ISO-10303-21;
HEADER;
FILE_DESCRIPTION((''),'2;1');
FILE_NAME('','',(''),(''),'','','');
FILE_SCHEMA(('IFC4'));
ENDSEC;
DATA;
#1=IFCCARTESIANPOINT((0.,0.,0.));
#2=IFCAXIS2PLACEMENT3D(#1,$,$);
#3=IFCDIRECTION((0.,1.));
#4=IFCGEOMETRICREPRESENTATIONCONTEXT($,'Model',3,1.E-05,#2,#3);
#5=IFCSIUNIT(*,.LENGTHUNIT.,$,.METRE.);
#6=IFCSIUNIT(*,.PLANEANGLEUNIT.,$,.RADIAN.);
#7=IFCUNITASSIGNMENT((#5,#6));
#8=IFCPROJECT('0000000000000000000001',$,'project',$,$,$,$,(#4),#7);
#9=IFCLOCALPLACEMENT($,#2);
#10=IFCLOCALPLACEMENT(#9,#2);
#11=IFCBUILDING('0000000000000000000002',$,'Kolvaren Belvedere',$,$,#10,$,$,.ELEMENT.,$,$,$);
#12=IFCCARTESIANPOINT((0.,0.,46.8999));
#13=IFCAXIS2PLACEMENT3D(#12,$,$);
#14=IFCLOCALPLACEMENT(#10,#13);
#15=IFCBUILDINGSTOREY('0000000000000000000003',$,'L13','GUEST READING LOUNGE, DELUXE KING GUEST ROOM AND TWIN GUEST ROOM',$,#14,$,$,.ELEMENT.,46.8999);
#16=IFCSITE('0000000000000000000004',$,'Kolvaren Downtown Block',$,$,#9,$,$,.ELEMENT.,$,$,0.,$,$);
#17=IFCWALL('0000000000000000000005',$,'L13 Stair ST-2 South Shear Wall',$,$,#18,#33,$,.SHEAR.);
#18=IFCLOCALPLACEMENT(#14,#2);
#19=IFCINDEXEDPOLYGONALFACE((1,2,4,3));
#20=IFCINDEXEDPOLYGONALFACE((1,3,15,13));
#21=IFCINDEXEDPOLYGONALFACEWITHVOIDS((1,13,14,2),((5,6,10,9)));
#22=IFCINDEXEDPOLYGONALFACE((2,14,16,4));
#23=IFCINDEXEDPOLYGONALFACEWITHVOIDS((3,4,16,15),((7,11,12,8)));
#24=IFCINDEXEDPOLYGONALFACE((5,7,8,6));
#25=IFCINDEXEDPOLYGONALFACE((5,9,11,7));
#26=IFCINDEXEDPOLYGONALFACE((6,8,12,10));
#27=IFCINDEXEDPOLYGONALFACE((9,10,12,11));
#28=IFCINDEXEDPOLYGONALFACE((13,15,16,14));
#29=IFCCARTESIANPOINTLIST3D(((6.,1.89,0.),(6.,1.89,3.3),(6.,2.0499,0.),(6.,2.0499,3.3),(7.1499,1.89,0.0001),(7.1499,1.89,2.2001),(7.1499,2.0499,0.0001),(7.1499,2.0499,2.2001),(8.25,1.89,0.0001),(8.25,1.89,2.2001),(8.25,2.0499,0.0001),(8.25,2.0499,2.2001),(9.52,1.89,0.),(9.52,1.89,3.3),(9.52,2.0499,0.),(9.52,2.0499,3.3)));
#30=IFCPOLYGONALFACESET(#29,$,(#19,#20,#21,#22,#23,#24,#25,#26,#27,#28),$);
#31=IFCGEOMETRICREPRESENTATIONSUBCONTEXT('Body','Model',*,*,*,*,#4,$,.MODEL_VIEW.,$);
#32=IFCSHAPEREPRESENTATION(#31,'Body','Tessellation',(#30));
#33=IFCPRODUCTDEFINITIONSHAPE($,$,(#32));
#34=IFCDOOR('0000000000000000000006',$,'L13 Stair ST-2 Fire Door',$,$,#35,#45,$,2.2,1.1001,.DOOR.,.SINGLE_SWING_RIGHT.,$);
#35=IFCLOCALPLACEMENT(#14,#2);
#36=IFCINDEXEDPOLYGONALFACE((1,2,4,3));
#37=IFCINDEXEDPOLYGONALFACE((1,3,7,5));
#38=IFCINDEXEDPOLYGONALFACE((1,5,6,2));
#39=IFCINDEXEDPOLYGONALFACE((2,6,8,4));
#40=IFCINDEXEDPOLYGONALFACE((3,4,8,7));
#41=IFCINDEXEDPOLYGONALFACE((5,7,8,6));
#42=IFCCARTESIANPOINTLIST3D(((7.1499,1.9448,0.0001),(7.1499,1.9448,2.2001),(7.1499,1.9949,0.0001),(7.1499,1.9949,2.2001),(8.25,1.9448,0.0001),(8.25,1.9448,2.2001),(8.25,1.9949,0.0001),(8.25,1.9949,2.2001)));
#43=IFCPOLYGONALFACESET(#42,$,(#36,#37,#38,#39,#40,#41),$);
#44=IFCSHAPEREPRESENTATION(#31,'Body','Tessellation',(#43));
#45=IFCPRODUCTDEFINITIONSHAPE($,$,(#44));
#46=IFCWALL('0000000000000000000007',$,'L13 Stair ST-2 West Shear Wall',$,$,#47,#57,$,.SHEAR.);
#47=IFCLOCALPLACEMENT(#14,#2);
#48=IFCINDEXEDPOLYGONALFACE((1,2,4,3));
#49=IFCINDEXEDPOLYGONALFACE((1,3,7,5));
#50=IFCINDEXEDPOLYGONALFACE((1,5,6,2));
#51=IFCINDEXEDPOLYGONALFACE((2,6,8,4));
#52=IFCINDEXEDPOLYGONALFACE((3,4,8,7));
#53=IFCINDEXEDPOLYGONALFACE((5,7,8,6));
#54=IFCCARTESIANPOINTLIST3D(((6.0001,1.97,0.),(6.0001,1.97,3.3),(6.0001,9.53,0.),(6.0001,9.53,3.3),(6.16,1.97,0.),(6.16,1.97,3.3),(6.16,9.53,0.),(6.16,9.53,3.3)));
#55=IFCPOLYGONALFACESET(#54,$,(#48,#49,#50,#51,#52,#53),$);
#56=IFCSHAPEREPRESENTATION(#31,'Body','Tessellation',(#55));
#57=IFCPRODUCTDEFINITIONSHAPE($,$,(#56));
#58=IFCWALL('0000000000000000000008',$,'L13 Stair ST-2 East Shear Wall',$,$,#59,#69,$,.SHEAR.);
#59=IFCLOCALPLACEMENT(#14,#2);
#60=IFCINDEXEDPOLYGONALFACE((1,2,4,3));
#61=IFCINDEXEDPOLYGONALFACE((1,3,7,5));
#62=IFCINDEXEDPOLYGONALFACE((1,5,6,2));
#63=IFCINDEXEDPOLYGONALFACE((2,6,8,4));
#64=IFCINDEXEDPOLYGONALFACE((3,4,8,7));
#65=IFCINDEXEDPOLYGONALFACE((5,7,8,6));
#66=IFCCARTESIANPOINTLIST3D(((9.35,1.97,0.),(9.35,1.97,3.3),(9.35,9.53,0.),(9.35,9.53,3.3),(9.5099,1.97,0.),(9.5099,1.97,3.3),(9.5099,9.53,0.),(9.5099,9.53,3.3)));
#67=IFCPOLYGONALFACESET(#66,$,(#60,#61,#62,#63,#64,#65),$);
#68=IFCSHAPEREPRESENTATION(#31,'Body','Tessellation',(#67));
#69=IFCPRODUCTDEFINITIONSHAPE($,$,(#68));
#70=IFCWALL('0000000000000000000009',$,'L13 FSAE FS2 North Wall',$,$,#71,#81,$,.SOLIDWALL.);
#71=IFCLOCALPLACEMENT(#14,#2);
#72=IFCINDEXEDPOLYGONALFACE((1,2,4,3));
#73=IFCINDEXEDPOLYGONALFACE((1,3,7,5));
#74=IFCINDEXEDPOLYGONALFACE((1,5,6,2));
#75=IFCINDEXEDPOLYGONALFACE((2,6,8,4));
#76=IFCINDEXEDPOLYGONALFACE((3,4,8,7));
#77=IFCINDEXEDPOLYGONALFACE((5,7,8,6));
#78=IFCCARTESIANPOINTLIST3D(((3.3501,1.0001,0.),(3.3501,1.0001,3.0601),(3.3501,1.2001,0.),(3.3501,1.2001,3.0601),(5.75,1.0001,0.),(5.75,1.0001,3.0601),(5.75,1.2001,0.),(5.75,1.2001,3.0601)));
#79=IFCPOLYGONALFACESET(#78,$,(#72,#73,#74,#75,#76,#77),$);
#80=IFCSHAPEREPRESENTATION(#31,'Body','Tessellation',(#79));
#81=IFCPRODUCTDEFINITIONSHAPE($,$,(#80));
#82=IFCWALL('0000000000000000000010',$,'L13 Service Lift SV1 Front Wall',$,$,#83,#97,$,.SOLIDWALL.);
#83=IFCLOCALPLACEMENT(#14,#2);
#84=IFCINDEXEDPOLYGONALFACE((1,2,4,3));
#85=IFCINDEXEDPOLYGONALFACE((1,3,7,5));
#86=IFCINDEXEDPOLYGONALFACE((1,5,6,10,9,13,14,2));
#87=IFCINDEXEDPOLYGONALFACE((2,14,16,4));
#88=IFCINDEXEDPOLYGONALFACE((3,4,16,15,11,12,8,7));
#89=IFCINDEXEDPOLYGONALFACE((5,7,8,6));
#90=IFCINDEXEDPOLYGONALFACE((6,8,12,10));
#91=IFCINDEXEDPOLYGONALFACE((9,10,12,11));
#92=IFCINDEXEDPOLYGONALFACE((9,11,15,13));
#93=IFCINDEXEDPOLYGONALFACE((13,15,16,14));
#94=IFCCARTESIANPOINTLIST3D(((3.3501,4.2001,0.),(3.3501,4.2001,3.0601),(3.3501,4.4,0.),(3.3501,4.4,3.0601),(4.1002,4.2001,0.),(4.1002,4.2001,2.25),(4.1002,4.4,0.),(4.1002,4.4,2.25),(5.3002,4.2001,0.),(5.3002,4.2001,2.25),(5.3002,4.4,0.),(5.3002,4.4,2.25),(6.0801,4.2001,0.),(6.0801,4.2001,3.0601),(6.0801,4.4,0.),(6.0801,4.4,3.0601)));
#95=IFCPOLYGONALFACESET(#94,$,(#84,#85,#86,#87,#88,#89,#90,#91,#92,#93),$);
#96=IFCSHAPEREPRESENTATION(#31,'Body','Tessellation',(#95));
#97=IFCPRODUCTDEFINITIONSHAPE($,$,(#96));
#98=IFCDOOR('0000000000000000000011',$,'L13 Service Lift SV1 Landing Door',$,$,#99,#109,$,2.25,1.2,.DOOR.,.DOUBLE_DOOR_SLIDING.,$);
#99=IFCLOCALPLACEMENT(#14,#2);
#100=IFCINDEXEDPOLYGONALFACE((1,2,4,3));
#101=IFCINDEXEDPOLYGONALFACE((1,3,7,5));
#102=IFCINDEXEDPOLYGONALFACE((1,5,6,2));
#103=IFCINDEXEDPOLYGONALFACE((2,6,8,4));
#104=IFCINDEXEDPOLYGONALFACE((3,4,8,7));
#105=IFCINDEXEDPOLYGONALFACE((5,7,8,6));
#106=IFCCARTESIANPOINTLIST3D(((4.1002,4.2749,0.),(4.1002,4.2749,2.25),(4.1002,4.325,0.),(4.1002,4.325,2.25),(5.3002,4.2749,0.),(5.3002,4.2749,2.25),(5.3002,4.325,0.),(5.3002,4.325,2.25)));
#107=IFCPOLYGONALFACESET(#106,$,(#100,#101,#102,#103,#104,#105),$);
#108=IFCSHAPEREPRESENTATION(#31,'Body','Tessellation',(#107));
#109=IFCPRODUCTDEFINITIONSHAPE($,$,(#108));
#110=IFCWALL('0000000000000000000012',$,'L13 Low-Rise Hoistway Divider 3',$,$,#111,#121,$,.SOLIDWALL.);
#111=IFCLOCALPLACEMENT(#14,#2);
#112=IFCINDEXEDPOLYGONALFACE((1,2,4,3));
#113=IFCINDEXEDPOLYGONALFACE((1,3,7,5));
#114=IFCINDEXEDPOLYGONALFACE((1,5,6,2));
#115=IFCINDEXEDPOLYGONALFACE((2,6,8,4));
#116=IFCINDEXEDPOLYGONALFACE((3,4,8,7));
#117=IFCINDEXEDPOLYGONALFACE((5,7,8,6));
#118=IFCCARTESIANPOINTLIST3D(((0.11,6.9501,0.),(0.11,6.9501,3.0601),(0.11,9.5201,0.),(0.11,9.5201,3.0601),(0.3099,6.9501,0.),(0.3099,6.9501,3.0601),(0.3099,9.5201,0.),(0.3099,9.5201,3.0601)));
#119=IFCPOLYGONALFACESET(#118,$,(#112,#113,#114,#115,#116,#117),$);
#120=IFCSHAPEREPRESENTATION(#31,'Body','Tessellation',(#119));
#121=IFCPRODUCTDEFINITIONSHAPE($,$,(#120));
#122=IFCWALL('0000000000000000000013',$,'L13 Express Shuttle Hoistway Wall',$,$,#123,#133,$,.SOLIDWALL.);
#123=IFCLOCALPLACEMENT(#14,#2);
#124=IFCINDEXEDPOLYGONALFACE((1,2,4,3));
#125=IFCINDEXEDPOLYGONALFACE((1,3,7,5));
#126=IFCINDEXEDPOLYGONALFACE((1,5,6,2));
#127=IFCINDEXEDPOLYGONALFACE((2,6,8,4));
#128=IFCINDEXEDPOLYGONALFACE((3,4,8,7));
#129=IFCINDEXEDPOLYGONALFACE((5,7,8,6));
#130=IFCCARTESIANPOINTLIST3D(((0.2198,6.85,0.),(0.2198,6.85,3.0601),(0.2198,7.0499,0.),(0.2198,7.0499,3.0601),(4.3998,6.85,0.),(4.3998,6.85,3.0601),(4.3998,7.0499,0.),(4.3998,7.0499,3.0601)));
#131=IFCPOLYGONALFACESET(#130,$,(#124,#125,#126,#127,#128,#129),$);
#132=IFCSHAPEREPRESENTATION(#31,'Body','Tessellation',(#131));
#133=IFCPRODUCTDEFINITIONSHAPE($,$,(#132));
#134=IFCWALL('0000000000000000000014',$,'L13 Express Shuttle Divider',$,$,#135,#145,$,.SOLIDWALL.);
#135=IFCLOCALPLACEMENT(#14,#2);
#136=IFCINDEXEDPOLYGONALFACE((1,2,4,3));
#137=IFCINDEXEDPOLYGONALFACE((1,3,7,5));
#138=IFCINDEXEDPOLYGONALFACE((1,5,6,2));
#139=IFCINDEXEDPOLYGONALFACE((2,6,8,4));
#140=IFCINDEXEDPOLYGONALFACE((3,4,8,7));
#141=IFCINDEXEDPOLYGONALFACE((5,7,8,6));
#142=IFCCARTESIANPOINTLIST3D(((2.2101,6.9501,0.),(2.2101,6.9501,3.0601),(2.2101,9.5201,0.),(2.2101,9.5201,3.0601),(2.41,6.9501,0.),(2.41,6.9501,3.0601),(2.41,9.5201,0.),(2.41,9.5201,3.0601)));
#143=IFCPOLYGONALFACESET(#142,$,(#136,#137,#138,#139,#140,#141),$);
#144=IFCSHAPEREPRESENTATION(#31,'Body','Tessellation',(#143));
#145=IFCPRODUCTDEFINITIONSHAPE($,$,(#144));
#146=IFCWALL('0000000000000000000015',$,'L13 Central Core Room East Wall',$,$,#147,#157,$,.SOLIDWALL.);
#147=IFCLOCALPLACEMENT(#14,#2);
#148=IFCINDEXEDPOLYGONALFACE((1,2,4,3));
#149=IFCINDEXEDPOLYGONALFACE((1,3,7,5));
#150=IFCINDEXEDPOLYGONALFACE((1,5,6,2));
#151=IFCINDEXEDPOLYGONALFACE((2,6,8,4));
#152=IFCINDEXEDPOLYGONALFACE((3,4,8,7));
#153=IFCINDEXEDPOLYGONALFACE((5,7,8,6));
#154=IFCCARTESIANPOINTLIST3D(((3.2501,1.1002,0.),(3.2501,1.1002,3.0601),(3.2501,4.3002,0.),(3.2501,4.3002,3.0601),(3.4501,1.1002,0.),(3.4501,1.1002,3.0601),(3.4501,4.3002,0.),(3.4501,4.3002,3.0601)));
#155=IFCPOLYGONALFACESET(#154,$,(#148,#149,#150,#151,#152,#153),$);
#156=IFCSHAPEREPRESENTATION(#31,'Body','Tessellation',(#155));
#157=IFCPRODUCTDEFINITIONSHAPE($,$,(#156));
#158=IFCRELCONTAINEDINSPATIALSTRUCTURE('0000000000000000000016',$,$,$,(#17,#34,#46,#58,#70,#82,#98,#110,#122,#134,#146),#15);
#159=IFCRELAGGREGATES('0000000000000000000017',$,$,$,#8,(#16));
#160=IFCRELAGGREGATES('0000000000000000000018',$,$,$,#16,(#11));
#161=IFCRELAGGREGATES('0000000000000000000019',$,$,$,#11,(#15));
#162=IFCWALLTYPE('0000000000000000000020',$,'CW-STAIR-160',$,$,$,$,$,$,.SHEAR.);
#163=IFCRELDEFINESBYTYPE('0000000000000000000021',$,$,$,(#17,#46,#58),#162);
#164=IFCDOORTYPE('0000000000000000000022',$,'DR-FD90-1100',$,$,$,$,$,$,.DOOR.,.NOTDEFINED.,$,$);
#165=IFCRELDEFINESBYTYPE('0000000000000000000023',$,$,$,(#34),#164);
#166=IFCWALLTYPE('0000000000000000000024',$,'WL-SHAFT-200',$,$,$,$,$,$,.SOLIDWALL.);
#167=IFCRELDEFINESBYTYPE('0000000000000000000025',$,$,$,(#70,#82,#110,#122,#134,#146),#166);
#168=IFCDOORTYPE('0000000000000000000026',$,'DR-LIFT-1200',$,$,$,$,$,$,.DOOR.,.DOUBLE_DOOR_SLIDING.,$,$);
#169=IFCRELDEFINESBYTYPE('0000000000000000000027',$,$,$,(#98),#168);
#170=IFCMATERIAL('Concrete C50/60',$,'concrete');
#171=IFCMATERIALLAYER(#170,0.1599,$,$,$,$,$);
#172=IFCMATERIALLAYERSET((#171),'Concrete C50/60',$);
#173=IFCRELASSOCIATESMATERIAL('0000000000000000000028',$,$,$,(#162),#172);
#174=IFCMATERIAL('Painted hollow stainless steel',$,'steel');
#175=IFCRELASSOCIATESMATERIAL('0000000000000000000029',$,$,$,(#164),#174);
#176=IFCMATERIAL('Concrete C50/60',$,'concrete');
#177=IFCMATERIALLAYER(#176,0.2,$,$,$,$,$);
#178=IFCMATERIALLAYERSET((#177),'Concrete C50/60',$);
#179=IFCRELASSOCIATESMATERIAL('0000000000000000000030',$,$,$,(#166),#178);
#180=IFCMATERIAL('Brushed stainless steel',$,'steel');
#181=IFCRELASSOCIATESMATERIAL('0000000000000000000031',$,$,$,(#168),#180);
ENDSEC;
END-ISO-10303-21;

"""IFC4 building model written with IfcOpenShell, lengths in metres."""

from ifc_helpers import new_model, si_unit, direction, frame, frame_2d, origin, place, context, subcontext, project, spatial, rectangle, extrude, material, layer, layer_set, type_object, element, fill, save


model = new_model("IFC4")

# Units and contexts
model_context = context("Model", 3, precision=1e-05, world=origin(), true_north=direction((0.0, 1.0)))
body_context = subcontext(model_context, "Body", "Model", "MODEL_VIEW")
ifc_project = project(units=[si_unit("LENGTHUNIT", "METRE"), si_unit("PLANEANGLEUNIT", "RADIAN")], contexts=[model_context])

# Site, building, storey
site_placement = place(None, origin())
site = spatial("IfcSite", under=ifc_project, at=site_placement, Name="Kolvaren Downtown Block", CompositionType="ELEMENT", RefElevation=0.0)
building_placement = place(site_placement, origin())
building = spatial("IfcBuilding", under=site, at=building_placement, Name="Kolvaren Belvedere", CompositionType="ELEMENT")
storey_placement = place(building_placement, frame((0.0, 0.0, 46.8999)))
storey = spatial("IfcBuildingStorey", under=building, at=storey_placement, Name="L13", Description="GUEST READING LOUNGE, DELUXE KING GUEST ROOM AND TWIN GUEST ROOM", CompositionType="ELEMENT", Elevation=46.8999)

# Wall, opening, door
ifc_material_1 = material(Name="Concrete C50/60", Category="concrete")
ifc_layer_1 = layer(ifc_material_1, 0.1599)
ifc_layer_set_1 = layer_set([ifc_layer_1], Name="Concrete C50/60")
wall_type_1 = type_object("IfcWallType", Name="CW-STAIR-160", PredefinedType="SHEAR", material=ifc_layer_set_1)
wall_1_placement = place(storey_placement, frame((6.0, 1.97, 0.0), z_axis=(0.0, 0.0, 1.0), x_axis=(1.0, 0.0, 0.0)))
wall_1 = element("IfcWall", 1, at=wall_1_placement, inside=storey, type_object=wall_type_1, Name="L13 Stair ST-2 South Shear Wall", PredefinedType="SHEAR", context=body_context, shape_type="SweptSolid", body=[
    extrude(rectangle(XDim=3.52, YDim=0.1599, at=frame_2d((1.76, 0.0))), origin(), (0.0, 0.0, 1.0), 3.3),
])
opening_1_placement = place(wall_1_placement, frame((1.1499, 0.0, 0.0)))
opening_1 = element("IfcOpeningElement", 2, at=opening_1_placement, cuts=wall_1, PredefinedType="OPENING", context=body_context, shape_type="SweptSolid", body=[
    extrude(rectangle(XDim=1.1001, YDim=2.2, at=frame_2d((0.55, 1.1001))), frame((0.0, 0.0898, 0.0), z_axis=(0.0, -1.0, 0.0), x_axis=(1.0, 0.0, 0.0)), (0.0, 0.0, 1.0), 0.1799),
])
ifc_material_2 = material(Name="Painted hollow stainless steel", Category="steel")
door_type_1 = type_object("IfcDoorType", Name="DR-FD90-1100", OperationType="NOTDEFINED", PredefinedType="DOOR", material=ifc_material_2)
door_1_placement = place(opening_1_placement, origin())
door_1 = element("IfcDoor", 3, at=door_1_placement, inside=storey, type_object=door_type_1, Name="L13 Stair ST-2 Fire Door", OperationType="SINGLE_SWING_RIGHT", OverallHeight=2.2, OverallWidth=1.1001, PredefinedType="DOOR", context=body_context, shape_type="SweptSolid", body=[
    extrude(rectangle(XDim=1.1001, YDim=2.2, at=frame_2d((0.55, 1.1001))), frame((0.0, 0.0249, 0.0), z_axis=(0.0, -1.0, 0.0), x_axis=(1.0, 0.0, 0.0)), (0.0, 0.0, 1.0), 0.05),
])
fill(opening_1, door_1)

# Walls
for number, where, z_axis, x_axis, name in (
    (4, (6.0801, 1.97, 0.0), (0.0, 0.0, 1.0), (0.0, 1.0, 0.0), "L13 Stair ST-2 West Shear Wall"),
    (5, (9.4299, 1.97, 0.0), (0.0, 0.0, 1.0), (0.0, 1.0, 0.0), "L13 Stair ST-2 East Shear Wall"),
):
    element("IfcWall", number, at=place(storey_placement, frame(where, z_axis=z_axis, x_axis=x_axis)), inside=storey, type_object=wall_type_1, Name=name, PredefinedType="SHEAR", context=body_context, shape_type="SweptSolid", body=[
        extrude(rectangle(XDim=7.5601, YDim=0.1599, at=frame_2d((3.78, 0.0))), origin(), (0.0, 0.0, 1.0), 3.3),
    ])
ifc_material_3 = material(Name="Concrete C50/60", Category="concrete")
ifc_layer_2 = layer(ifc_material_3, 0.2)
ifc_layer_set_2 = layer_set([ifc_layer_2], Name="Concrete C50/60")
wall_type_2 = type_object("IfcWallType", Name="WL-SHAFT-200", PredefinedType="SOLIDWALL", material=ifc_layer_set_2)
wall_2_placement = place(storey_placement, frame((3.3501, 1.1001, 0.0), z_axis=(0.0, 0.0, 1.0), x_axis=(1.0, 0.0, 0.0)))
element("IfcWall", 6, at=wall_2_placement, inside=storey, type_object=wall_type_2, Name="L13 FSAE FS2 North Wall", PredefinedType="SOLIDWALL", context=body_context, shape_type="SweptSolid", body=[
    extrude(rectangle(XDim=2.3999, YDim=0.2, at=frame_2d((1.2, 0.0))), origin(), (0.0, 0.0, 1.0), 3.0601),
])

# Wall, opening, door
wall_3_placement = place(storey_placement, frame((3.3501, 4.3, 0.0), z_axis=(0.0, 0.0, 1.0), x_axis=(1.0, 0.0, 0.0)))
wall_3 = element("IfcWall", 7, at=wall_3_placement, inside=storey, type_object=wall_type_2, Name="L13 Service Lift SV1 Front Wall", PredefinedType="SOLIDWALL", context=body_context, shape_type="SweptSolid", body=[
    extrude(rectangle(XDim=2.73, YDim=0.2, at=frame_2d((1.365, 0.0))), origin(), (0.0, 0.0, 1.0), 3.0601),
])
opening_2_placement = place(wall_3_placement, frame((0.75, 0.0, 0.0)))
opening_2 = element("IfcOpeningElement", 8, at=opening_2_placement, cuts=wall_3, PredefinedType="OPENING", context=body_context, shape_type="SweptSolid", body=[
    extrude(rectangle(XDim=1.2, YDim=2.25, at=frame_2d((0.6001, 1.125))), frame((0.0, 0.1099, 0.0), z_axis=(0.0, -1.0, 0.0), x_axis=(1.0, 0.0, 0.0)), (0.0, 0.0, 1.0), 0.22),
])
ifc_material_4 = material(Name="Brushed stainless steel", Category="steel")
door_type_2 = type_object("IfcDoorType", Name="DR-LIFT-1200", OperationType="DOUBLE_DOOR_SLIDING", PredefinedType="DOOR", material=ifc_material_4)
door_2_placement = place(opening_2_placement, origin())
door_2 = element("IfcDoor", 9, at=door_2_placement, inside=storey, type_object=door_type_2, Name="L13 Service Lift SV1 Landing Door", OperationType="DOUBLE_DOOR_SLIDING", OverallHeight=2.25, OverallWidth=1.2, PredefinedType="DOOR", context=body_context, shape_type="SweptSolid", body=[
    extrude(rectangle(XDim=1.2, YDim=2.25, at=frame_2d((0.6001, 1.125))), frame((0.0, 0.0249, 0.0), z_axis=(0.0, -1.0, 0.0), x_axis=(1.0, 0.0, 0.0)), (0.0, 0.0, 1.0), 0.05),
])
fill(opening_2, door_2)

# Walls
wall_4_placement = place(storey_placement, frame((0.21, 6.95, 0.0), z_axis=(0.0, 0.0, 1.0), x_axis=(0.0, 1.0, 0.0)))
element("IfcWall", 10, at=wall_4_placement, inside=storey, type_object=wall_type_2, Name="L13 Low-Rise Hoistway Divider 3", PredefinedType="SOLIDWALL", context=body_context, shape_type="SweptSolid", body=[
    extrude(rectangle(XDim=2.5701, YDim=0.2, at=frame_2d((1.2852, 0.0))), origin(), (0.0, 0.0, 1.0), 3.0601),
])
wall_5_placement = place(storey_placement, frame((0.22, 6.95, 0.0), z_axis=(0.0, 0.0, 1.0), x_axis=(1.0, 0.0, 0.0)))
element("IfcWall", 11, at=wall_5_placement, inside=storey, type_object=wall_type_2, Name="L13 Express Shuttle Hoistway Wall", PredefinedType="SOLIDWALL", context=body_context, shape_type="SweptSolid", body=[
    extrude(rectangle(XDim=4.1799, YDim=0.2, at=frame_2d((2.0898, 0.0))), origin(), (0.0, 0.0, 1.0), 3.0601),
])
wall_6_placement = place(storey_placement, frame((2.3101, 6.95, 0.0), z_axis=(0.0, 0.0, 1.0), x_axis=(0.0, 1.0, 0.0)))
element("IfcWall", 12, at=wall_6_placement, inside=storey, type_object=wall_type_2, Name="L13 Express Shuttle Divider", PredefinedType="SOLIDWALL", context=body_context, shape_type="SweptSolid", body=[
    extrude(rectangle(XDim=2.5701, YDim=0.2, at=frame_2d((1.2852, 0.0))), origin(), (0.0, 0.0, 1.0), 3.0601),
])
wall_7_placement = place(storey_placement, frame((3.3501, 1.1001, 0.0), z_axis=(0.0, 0.0, 1.0), x_axis=(0.0, 1.0, 0.0)))
element("IfcWall", 13, at=wall_7_placement, inside=storey, type_object=wall_type_2, Name="L13 Central Core Room East Wall", PredefinedType="SOLIDWALL", context=body_context, shape_type="SweptSolid", body=[
    extrude(rectangle(XDim=3.2, YDim=0.2, at=frame_2d((1.6001, 0.0))), origin(), (0.0, 0.0, 1.0), 3.0601),
])

save(model, "model.ifc")
